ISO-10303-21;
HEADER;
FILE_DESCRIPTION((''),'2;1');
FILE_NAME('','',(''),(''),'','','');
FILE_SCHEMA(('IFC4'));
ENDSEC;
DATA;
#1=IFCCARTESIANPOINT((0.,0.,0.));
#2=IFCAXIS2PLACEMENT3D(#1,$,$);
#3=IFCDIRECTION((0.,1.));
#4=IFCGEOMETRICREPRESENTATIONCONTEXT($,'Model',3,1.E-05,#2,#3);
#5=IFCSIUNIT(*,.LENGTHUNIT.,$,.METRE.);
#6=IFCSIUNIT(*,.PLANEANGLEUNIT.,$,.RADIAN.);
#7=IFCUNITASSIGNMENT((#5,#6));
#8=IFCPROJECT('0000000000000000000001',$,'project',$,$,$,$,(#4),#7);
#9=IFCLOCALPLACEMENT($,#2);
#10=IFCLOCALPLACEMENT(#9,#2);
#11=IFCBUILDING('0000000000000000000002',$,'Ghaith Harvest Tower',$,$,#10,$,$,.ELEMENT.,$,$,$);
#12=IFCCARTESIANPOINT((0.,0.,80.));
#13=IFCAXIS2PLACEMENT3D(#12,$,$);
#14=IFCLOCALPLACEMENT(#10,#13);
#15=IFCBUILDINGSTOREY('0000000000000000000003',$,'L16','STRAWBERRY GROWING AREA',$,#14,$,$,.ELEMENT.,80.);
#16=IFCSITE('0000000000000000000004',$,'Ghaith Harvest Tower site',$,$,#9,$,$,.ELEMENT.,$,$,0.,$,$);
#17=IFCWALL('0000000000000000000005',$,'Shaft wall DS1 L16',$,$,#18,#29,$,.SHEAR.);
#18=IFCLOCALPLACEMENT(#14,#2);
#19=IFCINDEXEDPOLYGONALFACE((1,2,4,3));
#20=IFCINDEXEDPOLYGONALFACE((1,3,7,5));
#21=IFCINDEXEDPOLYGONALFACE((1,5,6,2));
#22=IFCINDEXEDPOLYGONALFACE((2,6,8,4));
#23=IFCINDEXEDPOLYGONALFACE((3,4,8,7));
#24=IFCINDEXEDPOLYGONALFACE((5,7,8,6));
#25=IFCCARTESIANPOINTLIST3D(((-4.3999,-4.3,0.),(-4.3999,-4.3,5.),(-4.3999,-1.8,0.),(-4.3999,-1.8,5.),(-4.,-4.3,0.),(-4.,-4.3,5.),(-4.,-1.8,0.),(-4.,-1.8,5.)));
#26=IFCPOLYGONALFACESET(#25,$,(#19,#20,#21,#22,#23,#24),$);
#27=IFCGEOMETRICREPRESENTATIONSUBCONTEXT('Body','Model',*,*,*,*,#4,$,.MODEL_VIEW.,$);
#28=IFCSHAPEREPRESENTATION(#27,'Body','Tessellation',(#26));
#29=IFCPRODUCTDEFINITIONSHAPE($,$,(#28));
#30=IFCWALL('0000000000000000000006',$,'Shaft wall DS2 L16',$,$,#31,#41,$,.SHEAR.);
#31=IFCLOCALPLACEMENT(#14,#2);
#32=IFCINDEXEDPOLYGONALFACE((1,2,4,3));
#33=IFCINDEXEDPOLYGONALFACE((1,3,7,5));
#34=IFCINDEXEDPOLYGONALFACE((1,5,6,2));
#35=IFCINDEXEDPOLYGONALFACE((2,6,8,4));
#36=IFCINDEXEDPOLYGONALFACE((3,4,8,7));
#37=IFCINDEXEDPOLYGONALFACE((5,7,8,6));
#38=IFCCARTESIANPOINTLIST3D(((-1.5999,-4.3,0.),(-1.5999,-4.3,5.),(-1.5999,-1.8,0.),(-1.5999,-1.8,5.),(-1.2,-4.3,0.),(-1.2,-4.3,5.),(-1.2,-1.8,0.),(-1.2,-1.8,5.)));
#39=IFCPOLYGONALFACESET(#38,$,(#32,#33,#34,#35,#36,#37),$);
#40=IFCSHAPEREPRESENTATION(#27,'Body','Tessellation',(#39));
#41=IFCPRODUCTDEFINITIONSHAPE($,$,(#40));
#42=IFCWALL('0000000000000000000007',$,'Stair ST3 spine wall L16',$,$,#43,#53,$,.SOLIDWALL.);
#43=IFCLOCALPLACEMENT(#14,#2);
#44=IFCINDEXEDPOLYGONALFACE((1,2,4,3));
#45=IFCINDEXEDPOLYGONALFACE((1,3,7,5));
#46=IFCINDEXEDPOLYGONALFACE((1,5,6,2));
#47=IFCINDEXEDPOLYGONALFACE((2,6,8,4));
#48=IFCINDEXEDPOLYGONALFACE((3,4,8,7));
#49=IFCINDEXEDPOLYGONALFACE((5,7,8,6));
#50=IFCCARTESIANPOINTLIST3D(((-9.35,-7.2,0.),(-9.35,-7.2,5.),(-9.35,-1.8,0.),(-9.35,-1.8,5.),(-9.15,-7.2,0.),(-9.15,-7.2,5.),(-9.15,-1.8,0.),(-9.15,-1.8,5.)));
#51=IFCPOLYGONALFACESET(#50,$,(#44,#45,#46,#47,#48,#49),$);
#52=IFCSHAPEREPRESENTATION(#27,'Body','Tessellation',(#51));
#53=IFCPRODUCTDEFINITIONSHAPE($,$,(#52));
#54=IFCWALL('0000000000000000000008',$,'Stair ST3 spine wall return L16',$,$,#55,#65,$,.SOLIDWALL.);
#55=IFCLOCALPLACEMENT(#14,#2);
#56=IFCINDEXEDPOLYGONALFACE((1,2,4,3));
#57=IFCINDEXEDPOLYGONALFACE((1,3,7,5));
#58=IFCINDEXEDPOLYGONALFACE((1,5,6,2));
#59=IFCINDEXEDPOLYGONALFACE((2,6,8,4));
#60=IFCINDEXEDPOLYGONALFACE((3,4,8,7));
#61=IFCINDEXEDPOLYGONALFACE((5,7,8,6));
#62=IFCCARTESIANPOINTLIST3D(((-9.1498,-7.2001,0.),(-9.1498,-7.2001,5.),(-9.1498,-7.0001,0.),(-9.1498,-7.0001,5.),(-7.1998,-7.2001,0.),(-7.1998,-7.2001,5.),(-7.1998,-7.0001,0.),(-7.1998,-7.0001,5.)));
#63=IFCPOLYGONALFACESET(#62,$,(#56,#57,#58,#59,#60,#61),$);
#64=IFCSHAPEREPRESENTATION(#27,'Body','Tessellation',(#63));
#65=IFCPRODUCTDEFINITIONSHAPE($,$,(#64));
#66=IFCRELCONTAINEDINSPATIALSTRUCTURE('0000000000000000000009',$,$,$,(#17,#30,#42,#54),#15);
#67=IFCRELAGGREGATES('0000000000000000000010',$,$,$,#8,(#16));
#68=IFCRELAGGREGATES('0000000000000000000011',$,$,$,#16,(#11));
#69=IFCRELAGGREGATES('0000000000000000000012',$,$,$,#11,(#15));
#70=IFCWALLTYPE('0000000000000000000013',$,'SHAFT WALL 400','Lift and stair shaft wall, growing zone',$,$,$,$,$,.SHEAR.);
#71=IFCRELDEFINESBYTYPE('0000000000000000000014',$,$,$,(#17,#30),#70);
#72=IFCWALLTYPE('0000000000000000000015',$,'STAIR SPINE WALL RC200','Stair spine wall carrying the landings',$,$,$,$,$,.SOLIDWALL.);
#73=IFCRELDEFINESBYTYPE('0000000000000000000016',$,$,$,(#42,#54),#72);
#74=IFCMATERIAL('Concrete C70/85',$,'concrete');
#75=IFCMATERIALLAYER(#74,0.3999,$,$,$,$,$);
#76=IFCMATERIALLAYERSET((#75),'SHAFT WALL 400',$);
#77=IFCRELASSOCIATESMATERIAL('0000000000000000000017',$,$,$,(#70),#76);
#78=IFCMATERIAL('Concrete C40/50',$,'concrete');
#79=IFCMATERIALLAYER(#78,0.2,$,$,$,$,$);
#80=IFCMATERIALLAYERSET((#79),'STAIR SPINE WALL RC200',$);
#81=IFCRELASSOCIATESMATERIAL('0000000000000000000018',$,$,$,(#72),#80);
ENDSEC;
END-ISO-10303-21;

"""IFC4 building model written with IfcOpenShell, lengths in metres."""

from ifc_helpers import new_model, si_unit, direction, frame, frame_2d, origin, place, context, subcontext, project, spatial, rectangle, extrude, material, layer, layer_set, type_object, element, save


model = new_model("IFC4")

# Units and contexts
model_context = context("Model", 3, precision=1e-05, world=origin(), true_north=direction((0.0, 1.0)))
body_context = subcontext(model_context, "Body", "Model", "MODEL_VIEW")
ifc_project = project(units=[si_unit("LENGTHUNIT", "METRE"), si_unit("PLANEANGLEUNIT", "RADIAN")], contexts=[model_context])

# Site, building, storey
site_placement = place(None, origin())
site = spatial("IfcSite", under=ifc_project, at=site_placement, Name="Ghaith Harvest Tower site", CompositionType="ELEMENT", RefElevation=0.0)
building_placement = place(site_placement, origin())
building = spatial("IfcBuilding", under=site, at=building_placement, Name="Ghaith Harvest Tower", CompositionType="ELEMENT")
storey_placement = place(building_placement, frame((0.0, 0.0, 80.0)))
storey = spatial("IfcBuildingStorey", under=building, at=storey_placement, Name="L16", Description="STRAWBERRY GROWING AREA", CompositionType="ELEMENT", Elevation=80.0)

# Shared definitions
ifc_material_1 = material(Name="Concrete C70/85", Category="concrete")
ifc_layer_1 = layer(ifc_material_1, 0.3999)
ifc_layer_set_1 = layer_set([ifc_layer_1], Name="SHAFT WALL 400")
wall_type_1 = type_object("IfcWallType", Name="SHAFT WALL 400", Description="Lift and stair shaft wall, growing zone", PredefinedType="SHEAR", material=ifc_layer_set_1)

# Walls
for number, where, z_axis, x_axis, name in (
    (1, (-4.2, -4.3, 0.0), (0.0, 0.0, 1.0), (0.0, 1.0, 0.0), "Shaft wall DS1 L16"),
    (2, (-1.3999, -4.3, 0.0), (0.0, 0.0, 1.0), (0.0, 1.0, 0.0), "Shaft wall DS2 L16"),
):
    element("IfcWall", number, at=place(storey_placement, frame(where, z_axis=z_axis, x_axis=x_axis)), inside=storey, type_object=wall_type_1, Name=name, PredefinedType="SHEAR", context=body_context, shape_type="SweptSolid", body=[
        extrude(rectangle(XDim=2.5, YDim=0.3999, at=frame_2d((1.25, 0.0))), origin(), (0.0, 0.0, 1.0), 5.0),
    ])
ifc_material_2 = material(Name="Concrete C40/50", Category="concrete")
ifc_layer_2 = layer(ifc_material_2, 0.2)
ifc_layer_set_2 = layer_set([ifc_layer_2], Name="STAIR SPINE WALL RC200")
wall_type_2 = type_object("IfcWallType", Name="STAIR SPINE WALL RC200", Description="Stair spine wall carrying the landings", PredefinedType="SOLIDWALL", material=ifc_layer_set_2)
wall_1_placement = place(storey_placement, frame((-9.25, -7.2, 0.0), z_axis=(0.0, 0.0, 1.0), x_axis=(0.0, 1.0, 0.0)))
element("IfcWall", 3, at=wall_1_placement, inside=storey, type_object=wall_type_2, Name="Stair ST3 spine wall L16", PredefinedType="SOLIDWALL", context=body_context, shape_type="SweptSolid", body=[
    extrude(rectangle(XDim=5.3999, YDim=0.2, at=frame_2d((2.7, 0.0))), origin(), (0.0, 0.0, 1.0), 5.0),
])
wall_2_placement = place(storey_placement, frame((-9.1499, -7.1001, 0.0), z_axis=(0.0, 0.0, 1.0), x_axis=(1.0, 0.0, 0.0)))
element("IfcWall", 4, at=wall_2_placement, inside=storey, type_object=wall_type_2, Name="Stair ST3 spine wall return L16", PredefinedType="SOLIDWALL", context=body_context, shape_type="SweptSolid", body=[
    extrude(rectangle(XDim=1.95, YDim=0.2, at=frame_2d((0.9751, 0.0))), origin(), (0.0, 0.0, 1.0), 5.0),
])

save(model, "model.ifc")
